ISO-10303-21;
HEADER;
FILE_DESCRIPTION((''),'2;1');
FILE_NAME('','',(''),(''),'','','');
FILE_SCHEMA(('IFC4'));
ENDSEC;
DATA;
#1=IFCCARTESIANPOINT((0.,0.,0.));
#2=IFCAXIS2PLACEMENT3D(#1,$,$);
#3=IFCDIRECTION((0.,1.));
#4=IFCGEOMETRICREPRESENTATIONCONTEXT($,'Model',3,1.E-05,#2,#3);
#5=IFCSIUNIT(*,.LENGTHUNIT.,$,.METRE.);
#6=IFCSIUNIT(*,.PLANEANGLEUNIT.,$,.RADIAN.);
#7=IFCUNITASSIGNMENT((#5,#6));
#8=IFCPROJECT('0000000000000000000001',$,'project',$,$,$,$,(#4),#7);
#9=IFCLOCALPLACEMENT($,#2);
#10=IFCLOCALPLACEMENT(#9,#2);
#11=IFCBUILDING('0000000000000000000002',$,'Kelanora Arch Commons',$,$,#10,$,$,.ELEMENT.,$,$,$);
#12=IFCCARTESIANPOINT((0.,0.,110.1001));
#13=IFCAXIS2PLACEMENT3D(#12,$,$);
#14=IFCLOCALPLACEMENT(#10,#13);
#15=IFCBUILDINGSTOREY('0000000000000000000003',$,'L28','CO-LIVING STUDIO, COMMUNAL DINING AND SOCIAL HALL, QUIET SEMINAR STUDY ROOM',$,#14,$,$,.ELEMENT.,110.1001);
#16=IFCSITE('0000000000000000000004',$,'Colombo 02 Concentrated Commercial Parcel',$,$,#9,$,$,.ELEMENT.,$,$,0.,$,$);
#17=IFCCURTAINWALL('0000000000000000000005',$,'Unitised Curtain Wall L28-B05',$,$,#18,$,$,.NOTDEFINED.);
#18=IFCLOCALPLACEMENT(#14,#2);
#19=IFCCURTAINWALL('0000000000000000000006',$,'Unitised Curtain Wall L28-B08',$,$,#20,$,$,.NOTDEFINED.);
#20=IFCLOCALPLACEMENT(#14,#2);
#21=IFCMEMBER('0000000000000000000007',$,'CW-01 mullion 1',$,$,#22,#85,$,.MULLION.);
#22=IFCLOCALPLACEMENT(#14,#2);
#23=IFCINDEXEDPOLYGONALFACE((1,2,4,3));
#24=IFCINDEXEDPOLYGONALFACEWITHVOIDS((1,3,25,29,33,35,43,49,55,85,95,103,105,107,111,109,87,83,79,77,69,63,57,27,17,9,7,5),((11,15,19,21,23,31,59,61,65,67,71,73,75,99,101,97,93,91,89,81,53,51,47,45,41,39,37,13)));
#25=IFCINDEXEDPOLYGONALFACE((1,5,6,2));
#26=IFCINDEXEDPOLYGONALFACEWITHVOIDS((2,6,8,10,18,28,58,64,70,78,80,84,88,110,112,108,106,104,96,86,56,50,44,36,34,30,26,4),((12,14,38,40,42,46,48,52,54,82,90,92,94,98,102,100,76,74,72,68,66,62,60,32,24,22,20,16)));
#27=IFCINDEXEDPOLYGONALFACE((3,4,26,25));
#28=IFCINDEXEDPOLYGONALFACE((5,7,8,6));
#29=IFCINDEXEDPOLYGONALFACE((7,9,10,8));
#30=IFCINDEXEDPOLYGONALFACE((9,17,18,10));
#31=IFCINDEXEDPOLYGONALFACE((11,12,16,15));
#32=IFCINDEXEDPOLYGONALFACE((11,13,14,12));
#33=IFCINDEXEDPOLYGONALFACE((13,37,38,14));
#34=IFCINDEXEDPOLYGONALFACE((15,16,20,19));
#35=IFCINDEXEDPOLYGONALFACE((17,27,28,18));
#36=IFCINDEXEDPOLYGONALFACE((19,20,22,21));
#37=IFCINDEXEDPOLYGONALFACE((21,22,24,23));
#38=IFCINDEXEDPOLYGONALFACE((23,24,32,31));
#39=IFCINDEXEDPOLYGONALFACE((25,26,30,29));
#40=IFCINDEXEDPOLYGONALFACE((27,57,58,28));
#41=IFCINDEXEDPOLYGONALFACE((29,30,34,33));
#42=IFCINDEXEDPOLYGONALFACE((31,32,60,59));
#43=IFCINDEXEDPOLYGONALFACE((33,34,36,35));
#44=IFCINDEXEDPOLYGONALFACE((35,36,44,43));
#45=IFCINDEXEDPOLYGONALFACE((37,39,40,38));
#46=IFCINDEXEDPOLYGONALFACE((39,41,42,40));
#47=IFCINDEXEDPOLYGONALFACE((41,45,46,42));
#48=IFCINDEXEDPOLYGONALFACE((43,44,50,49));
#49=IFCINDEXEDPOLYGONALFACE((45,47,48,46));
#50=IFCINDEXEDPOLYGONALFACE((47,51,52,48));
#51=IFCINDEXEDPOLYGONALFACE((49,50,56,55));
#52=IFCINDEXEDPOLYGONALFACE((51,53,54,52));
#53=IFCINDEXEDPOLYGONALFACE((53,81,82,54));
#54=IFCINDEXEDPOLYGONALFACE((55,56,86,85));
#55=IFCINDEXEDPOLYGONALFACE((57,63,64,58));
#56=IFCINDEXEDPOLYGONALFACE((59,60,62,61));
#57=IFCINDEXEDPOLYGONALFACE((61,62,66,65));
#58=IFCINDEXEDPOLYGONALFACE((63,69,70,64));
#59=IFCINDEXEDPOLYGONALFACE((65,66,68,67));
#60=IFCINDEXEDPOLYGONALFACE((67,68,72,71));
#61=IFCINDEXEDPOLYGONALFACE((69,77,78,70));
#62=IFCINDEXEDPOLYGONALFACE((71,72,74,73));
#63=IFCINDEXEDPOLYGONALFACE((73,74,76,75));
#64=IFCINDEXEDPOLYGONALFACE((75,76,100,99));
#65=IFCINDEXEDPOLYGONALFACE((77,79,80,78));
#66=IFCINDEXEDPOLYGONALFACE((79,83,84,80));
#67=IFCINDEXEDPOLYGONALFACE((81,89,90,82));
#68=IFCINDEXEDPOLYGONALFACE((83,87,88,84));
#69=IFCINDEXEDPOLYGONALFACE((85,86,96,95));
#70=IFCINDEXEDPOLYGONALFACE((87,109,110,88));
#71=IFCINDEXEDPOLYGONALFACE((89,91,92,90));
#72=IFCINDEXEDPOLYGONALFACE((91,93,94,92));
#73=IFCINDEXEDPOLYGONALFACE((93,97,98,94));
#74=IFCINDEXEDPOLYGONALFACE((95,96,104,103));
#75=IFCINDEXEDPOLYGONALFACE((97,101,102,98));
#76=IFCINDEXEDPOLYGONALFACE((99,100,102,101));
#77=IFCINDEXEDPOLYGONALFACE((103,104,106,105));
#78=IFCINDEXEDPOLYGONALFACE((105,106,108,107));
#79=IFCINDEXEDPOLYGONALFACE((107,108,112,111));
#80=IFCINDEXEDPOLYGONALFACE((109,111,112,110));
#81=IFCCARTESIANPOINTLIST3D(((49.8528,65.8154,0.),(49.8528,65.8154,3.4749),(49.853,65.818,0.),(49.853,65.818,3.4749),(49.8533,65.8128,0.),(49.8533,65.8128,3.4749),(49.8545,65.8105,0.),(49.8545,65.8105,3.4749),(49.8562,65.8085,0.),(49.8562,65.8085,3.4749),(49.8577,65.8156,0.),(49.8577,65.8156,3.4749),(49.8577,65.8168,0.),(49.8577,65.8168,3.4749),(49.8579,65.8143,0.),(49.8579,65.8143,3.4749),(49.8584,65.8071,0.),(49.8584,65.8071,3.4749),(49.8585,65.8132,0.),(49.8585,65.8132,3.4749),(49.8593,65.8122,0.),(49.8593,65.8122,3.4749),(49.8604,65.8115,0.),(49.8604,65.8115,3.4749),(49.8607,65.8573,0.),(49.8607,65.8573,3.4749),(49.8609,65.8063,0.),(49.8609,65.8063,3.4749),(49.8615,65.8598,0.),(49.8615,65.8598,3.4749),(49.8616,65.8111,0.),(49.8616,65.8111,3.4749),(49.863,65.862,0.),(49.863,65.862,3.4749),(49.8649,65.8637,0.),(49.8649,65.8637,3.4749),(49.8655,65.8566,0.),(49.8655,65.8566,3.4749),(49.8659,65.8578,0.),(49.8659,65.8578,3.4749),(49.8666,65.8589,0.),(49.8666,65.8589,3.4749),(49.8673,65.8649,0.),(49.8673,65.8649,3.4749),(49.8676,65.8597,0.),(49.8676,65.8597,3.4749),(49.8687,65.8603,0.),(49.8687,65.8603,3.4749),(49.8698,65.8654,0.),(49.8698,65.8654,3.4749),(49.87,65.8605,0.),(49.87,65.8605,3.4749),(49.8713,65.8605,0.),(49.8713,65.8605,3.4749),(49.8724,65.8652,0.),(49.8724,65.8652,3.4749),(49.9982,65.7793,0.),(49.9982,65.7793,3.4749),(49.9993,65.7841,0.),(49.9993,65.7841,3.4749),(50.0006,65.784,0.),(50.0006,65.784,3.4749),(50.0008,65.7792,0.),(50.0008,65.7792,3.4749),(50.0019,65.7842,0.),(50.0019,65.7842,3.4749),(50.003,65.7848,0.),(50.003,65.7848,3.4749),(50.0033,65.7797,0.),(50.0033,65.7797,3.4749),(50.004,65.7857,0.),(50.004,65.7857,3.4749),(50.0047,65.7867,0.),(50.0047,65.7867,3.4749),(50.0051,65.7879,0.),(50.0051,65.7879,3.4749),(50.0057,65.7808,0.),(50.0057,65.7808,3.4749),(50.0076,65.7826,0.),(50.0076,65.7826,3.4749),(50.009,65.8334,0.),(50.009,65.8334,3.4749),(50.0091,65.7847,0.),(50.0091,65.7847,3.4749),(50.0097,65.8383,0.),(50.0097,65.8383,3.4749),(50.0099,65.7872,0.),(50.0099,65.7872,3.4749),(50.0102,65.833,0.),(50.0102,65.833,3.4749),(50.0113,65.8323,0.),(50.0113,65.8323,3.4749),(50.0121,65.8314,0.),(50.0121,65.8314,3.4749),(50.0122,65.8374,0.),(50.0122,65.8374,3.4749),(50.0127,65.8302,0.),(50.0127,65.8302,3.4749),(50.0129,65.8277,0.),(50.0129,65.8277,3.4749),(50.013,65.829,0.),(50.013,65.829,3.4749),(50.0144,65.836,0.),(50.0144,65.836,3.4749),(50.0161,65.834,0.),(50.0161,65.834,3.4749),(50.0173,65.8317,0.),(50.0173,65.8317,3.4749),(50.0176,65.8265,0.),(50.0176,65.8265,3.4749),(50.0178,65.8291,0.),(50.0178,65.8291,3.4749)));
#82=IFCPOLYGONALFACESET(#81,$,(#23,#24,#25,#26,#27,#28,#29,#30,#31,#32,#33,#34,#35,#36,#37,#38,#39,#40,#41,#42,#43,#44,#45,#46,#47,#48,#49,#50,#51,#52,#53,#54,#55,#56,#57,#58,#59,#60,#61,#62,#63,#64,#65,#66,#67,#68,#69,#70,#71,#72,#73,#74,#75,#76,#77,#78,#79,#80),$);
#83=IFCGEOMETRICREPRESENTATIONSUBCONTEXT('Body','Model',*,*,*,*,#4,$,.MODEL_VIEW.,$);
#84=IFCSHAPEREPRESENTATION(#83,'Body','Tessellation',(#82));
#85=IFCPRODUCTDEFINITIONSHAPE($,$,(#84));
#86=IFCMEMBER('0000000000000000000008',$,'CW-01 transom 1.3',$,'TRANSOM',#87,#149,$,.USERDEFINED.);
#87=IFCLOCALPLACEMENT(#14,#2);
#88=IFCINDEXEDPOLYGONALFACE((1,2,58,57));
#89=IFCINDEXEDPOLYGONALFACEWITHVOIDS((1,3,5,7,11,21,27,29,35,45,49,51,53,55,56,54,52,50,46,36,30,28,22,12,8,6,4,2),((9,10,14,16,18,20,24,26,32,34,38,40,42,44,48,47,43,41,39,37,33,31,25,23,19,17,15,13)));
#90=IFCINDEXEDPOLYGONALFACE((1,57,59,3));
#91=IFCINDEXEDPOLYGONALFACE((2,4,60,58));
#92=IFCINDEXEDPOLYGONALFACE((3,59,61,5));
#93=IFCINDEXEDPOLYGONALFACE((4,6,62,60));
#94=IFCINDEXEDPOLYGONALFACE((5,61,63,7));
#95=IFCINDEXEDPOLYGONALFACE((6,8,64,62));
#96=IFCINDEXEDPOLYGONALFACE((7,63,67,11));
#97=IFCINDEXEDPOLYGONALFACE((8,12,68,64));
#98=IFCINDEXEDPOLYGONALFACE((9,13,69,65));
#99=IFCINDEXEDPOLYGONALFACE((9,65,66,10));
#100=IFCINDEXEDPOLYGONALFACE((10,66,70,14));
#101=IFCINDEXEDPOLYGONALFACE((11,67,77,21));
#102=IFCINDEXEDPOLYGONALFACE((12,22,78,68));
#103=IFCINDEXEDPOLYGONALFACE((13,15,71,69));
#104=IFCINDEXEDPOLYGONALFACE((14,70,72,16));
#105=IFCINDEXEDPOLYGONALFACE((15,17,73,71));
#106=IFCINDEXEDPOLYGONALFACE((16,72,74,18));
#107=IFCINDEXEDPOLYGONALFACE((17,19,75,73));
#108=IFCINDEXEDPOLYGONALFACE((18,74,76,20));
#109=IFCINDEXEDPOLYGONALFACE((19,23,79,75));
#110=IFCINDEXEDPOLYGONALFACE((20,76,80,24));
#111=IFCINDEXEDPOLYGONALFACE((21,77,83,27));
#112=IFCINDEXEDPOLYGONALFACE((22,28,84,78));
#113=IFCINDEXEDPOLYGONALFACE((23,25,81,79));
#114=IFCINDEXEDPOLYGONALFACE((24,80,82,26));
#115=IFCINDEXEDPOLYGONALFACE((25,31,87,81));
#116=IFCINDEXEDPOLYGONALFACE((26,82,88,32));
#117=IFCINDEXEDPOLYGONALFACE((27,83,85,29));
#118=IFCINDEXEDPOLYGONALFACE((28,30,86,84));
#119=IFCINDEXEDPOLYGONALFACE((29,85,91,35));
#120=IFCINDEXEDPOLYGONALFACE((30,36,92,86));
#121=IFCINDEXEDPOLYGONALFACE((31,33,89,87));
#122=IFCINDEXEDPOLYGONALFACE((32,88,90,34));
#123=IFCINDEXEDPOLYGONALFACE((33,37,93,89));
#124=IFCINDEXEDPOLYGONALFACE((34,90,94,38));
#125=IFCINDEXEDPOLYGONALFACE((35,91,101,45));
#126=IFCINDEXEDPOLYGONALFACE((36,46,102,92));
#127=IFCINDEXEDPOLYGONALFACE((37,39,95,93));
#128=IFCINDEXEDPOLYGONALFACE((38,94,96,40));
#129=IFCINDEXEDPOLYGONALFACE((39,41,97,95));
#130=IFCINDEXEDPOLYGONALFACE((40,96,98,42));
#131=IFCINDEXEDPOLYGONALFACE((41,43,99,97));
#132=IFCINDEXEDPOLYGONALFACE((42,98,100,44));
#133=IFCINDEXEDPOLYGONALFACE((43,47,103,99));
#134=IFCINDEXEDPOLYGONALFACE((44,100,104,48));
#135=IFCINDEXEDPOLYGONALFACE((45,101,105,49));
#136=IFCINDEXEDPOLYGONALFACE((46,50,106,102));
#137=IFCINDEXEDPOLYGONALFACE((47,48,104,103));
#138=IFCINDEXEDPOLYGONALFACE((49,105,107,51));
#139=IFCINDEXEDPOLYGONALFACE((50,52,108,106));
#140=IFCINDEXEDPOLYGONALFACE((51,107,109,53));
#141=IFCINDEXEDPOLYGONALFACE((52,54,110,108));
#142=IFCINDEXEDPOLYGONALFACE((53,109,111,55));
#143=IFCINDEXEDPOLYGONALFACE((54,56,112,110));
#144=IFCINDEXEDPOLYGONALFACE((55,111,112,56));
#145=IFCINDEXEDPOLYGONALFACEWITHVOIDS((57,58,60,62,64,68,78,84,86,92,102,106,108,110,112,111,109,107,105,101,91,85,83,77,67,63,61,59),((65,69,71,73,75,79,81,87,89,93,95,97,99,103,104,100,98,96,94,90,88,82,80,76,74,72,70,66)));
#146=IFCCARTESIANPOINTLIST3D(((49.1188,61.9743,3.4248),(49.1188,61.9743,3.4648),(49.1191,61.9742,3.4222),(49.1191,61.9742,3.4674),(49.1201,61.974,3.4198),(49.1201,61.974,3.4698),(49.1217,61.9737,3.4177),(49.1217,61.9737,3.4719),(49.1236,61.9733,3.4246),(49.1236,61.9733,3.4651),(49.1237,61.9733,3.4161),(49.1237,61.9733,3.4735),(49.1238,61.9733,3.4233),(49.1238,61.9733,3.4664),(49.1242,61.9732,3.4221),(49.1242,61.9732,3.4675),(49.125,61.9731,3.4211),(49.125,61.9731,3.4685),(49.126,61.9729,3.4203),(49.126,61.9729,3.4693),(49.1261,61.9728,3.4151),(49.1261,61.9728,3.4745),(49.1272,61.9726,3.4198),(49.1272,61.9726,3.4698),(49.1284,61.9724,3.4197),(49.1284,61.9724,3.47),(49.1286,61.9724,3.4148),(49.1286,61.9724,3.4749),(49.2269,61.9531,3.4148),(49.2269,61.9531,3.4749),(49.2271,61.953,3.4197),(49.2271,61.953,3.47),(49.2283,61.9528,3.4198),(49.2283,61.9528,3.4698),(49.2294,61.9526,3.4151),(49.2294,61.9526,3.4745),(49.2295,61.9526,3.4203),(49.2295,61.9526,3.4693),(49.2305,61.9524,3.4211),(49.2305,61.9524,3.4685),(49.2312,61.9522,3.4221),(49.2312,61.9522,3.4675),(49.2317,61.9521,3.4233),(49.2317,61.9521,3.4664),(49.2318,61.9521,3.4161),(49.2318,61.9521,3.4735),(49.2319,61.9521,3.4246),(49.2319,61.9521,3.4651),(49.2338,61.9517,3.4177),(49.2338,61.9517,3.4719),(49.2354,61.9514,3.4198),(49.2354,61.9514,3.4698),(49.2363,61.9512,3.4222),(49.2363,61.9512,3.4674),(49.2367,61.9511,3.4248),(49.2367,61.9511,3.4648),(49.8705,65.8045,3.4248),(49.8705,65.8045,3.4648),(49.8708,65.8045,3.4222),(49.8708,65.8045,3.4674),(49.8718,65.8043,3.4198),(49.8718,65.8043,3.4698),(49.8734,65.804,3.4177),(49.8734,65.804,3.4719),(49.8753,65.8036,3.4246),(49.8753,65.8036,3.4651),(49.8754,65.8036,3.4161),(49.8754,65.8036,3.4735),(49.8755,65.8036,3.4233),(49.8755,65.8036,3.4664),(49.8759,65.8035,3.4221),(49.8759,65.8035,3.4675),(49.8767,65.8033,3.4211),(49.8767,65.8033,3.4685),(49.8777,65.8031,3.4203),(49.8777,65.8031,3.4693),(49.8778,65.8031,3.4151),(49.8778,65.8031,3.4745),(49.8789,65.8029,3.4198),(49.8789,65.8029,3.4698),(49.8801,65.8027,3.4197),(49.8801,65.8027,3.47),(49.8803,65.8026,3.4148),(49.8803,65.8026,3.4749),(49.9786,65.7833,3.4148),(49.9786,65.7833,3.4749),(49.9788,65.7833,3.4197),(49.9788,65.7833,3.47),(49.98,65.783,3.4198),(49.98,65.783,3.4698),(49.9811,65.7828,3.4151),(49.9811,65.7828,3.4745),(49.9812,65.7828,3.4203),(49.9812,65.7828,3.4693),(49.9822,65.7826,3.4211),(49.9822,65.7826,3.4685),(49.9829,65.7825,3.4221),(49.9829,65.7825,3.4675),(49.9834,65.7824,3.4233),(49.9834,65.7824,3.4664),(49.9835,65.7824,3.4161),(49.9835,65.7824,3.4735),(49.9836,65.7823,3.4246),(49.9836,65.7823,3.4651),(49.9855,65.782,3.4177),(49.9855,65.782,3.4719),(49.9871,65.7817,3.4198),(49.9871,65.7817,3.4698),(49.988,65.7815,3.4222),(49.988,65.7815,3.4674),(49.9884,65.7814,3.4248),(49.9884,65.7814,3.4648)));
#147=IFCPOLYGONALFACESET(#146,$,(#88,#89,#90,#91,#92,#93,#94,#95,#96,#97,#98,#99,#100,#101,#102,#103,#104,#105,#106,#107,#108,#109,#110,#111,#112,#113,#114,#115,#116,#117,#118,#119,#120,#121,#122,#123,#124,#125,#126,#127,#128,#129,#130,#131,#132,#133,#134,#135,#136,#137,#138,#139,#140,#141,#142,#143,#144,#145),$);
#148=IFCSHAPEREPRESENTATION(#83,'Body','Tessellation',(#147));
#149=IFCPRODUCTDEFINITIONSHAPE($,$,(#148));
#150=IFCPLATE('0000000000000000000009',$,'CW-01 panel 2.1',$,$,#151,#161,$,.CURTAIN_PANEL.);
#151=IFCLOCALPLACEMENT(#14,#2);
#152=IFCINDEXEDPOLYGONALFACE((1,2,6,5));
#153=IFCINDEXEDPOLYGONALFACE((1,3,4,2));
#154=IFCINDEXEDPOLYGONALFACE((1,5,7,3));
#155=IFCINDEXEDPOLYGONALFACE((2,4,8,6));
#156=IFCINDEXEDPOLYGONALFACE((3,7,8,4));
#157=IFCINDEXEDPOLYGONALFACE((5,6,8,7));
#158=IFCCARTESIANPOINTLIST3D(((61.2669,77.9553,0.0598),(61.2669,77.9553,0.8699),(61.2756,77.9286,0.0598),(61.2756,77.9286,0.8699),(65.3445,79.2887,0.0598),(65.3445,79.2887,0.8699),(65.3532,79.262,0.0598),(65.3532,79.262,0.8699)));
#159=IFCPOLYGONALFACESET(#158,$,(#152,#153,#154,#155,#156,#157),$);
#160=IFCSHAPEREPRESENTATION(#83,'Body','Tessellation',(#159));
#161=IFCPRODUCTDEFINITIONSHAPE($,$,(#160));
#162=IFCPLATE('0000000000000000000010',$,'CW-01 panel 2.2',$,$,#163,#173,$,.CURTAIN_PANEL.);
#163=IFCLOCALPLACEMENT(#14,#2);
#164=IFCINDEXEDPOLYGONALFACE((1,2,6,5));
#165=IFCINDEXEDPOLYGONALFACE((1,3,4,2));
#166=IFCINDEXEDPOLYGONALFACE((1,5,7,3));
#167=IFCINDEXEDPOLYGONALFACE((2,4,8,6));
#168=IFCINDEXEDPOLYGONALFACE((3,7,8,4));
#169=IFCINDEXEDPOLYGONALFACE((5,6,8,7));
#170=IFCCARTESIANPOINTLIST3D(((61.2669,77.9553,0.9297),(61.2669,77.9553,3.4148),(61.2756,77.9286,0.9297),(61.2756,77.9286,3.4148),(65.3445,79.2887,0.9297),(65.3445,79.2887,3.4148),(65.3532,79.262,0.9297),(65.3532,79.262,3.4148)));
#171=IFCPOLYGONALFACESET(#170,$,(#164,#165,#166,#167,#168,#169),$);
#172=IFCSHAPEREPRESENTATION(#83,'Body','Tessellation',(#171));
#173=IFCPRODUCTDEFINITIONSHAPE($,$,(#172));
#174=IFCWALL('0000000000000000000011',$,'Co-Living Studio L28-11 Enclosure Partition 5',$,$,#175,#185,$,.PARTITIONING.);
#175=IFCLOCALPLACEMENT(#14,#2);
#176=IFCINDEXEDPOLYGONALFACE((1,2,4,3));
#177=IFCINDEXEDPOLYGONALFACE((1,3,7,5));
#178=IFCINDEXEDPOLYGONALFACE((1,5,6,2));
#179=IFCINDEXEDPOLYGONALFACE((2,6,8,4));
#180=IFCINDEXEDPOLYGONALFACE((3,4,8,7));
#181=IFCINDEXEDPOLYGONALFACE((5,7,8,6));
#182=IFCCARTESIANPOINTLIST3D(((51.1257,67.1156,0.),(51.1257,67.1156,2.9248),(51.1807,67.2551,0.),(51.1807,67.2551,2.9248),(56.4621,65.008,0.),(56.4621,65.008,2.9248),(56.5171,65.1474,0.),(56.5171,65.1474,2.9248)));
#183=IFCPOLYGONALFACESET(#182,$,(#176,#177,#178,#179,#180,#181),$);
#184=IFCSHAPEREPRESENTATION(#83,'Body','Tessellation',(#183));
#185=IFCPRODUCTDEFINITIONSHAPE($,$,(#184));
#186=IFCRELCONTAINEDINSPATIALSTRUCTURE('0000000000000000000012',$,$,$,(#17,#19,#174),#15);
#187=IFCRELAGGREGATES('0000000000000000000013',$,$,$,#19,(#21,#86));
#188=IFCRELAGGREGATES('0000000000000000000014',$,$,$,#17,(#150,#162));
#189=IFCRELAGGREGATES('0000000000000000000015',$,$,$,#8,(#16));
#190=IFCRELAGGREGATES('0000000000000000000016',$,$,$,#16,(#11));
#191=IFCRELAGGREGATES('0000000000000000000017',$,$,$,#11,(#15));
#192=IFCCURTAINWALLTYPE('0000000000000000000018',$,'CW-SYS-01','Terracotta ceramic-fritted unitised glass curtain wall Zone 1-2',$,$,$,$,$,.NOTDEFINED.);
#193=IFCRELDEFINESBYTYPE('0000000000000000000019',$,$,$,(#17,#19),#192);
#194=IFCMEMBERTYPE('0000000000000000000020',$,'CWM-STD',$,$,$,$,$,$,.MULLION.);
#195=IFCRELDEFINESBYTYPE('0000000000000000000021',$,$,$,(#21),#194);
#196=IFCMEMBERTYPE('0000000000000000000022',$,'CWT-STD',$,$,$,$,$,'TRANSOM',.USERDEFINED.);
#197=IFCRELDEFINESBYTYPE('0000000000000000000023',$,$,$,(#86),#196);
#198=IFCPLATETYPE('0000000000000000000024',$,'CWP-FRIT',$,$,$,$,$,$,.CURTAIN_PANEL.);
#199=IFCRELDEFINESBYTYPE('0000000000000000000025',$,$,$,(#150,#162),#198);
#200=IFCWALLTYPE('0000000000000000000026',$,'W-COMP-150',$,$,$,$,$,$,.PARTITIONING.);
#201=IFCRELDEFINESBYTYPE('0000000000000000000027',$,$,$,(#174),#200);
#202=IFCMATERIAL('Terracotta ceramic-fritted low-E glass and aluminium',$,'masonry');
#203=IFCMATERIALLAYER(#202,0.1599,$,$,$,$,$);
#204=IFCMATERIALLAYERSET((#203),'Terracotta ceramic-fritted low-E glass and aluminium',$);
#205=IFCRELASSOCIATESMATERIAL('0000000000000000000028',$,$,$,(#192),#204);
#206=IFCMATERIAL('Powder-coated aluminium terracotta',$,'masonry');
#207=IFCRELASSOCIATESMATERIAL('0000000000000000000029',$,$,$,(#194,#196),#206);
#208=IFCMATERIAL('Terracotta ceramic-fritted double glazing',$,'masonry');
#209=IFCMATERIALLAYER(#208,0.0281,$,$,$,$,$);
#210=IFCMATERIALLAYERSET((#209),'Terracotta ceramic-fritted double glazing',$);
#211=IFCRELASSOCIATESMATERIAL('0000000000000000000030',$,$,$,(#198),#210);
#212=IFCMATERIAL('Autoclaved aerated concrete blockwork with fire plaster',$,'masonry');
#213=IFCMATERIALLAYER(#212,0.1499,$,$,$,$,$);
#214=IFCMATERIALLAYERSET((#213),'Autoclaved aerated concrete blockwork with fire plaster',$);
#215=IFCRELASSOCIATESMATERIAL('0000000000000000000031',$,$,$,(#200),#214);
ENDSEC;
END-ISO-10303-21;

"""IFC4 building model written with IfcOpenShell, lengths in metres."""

from ifc_helpers import new_model, si_unit, direction, frame, frame_2d, origin, origin_2d, place, context, subcontext, project, spatial, rectangle, hollow_rectangle, extrude, source, transform, mapped, material, layer, layer_set, material_profile, profile_set, type_object, element, aggregate, save


model = new_model("IFC4")

# Units and contexts
model_context = context("Model", 3, precision=1e-05, world=origin(), true_north=direction((0.0, 1.0)))
body_context = subcontext(model_context, "Body", "Model", "MODEL_VIEW")
ifc_project = project(units=[si_unit("LENGTHUNIT", "METRE"), si_unit("PLANEANGLEUNIT", "RADIAN")], contexts=[model_context])

# Site, building, storey
site_placement = place(None, origin())
site = spatial("IfcSite", under=ifc_project, at=site_placement, Name="Colombo 02 Concentrated Commercial Parcel", CompositionType="ELEMENT", RefElevation=0.0)
building_placement = place(site_placement, origin())
building = spatial("IfcBuilding", under=site, at=building_placement, Name="Kelanora Arch Commons", CompositionType="ELEMENT")
storey_placement = place(building_placement, frame((0.0, 0.0, 110.1001)))
storey = spatial("IfcBuildingStorey", under=building, at=storey_placement, Name="L28", Description="CO-LIVING STUDIO, COMMUNAL DINING AND SOCIAL HALL, QUIET SEMINAR STUDY ROOM", CompositionType="ELEMENT", Elevation=110.1001)

# Curtain wall
ifc_material_1 = material(Name="Terracotta ceramic-fritted low-E glass and aluminium", Category="masonry")
ifc_layer_1 = layer(ifc_material_1, 0.1599)
ifc_layer_set_1 = layer_set([ifc_layer_1], Name="Terracotta ceramic-fritted low-E glass and aluminium")
curtain_wall_type = type_object("IfcCurtainWallType", Name="CW-SYS-01", Description="Terracotta ceramic-fritted unitised glass curtain wall Zone 1-2", PredefinedType="NOTDEFINED", material=ifc_layer_set_1)
curtain_wall_1_placement = place(storey_placement, origin())
curtain_wall_1 = element("IfcCurtainWall", 1, at=curtain_wall_1_placement, inside=storey, type_object=curtain_wall_type, Name="Unitised Curtain Wall L28-B05", PredefinedType="NOTDEFINED")
ifc_material_2 = material(Name="Powder-coated aluminium terracotta", Category="masonry")
ifc_material_profile_1 = material_profile(ifc_material_2, hollow_rectangle(XDim=0.1599, YDim=0.0601, WallThickness=0.0049, InnerFilletRadius=0.0049, OuterFilletRadius=0.01, at=origin_2d()), Name="CWM160x60")
ifc_profile_set_1 = profile_set([ifc_material_profile_1], Name="Powder-coated aluminium terracotta")
member_type_1 = type_object("IfcMemberType", Name="CWM-STD", PredefinedType="MULLION", material=ifc_profile_set_1)

# Curtain wall, members
curtain_wall_2_placement = place(storey_placement, origin())
curtain_wall_2 = element("IfcCurtainWall", 2, at=curtain_wall_2_placement, inside=storey, type_object=curtain_wall_type, Name="Unitised Curtain Wall L28-B08", PredefinedType="NOTDEFINED")
member_1_placement = place(storey_placement, frame((49.9353, 65.8223, 0.0), z_axis=(0.0, 0.0, 1.0), x_axis=(0.98128, -0.192585, 0.0)))
member_1 = element("IfcMember", 3, at=member_1_placement, type_object=member_type_1, Name="CW-01 mullion 1", PredefinedType="MULLION", context=body_context, shape_type="SweptSolid", body=[
    extrude(hollow_rectangle(XDim=0.1599, YDim=0.0601, WallThickness=0.0049, InnerFilletRadius=0.0049, OuterFilletRadius=0.01, at=origin_2d()), origin(), (0.0, 0.0, 1.0), 3.4749),
])
ifc_material_profile_2 = material_profile(ifc_material_2, hollow_rectangle(XDim=0.1201, YDim=0.0601, WallThickness=0.0049, InnerFilletRadius=0.0049, OuterFilletRadius=0.01, at=origin_2d()), Name="CWT120x60")
ifc_profile_set_2 = profile_set([ifc_material_profile_2], Name="Powder-coated aluminium terracotta")
member_type_2 = type_object("IfcMemberType", Name="CWT-STD", ElementType="TRANSOM", PredefinedType="USERDEFINED", material=ifc_profile_set_2)
member_2_placement = place(storey_placement, frame((49.9294, 65.793, 3.4448), z_axis=(-0.192579, -0.981282, 0.0), x_axis=(0.981282, -0.192579, 0.0)))
member_2 = element("IfcMember", 4, at=member_2_placement, type_object=member_type_2, Name="CW-01 transom 1.3", ObjectType="TRANSOM", PredefinedType="USERDEFINED", context=body_context, shape_type="SweptSolid", body=[
    extrude(hollow_rectangle(XDim=0.1201, YDim=0.0601, WallThickness=0.0049, InnerFilletRadius=0.0049, OuterFilletRadius=0.01, at=origin_2d()), origin(), (0.0, 0.0, 1.0), 3.9033),
])
aggregate(curtain_wall_2, [member_1, member_2])

# Plates
ifc_material_3 = material(Name="Terracotta ceramic-fritted double glazing", Category="masonry")
ifc_layer_2 = layer(ifc_material_3, 0.0281)
ifc_layer_set_2 = layer_set([ifc_layer_2], Name="Terracotta ceramic-fritted double glazing")
plate_type = type_object("IfcPlateType", Name="CWP-FRIT", PredefinedType="CURTAIN_PANEL", material=ifc_layer_set_2)
shared_shape_1 = source(origin(), body_context, "Body", "SweptSolid", [
    extrude(rectangle(XDim=4.29, YDim=0.0281, at=origin_2d()), origin(), (0.0, 0.0, 1.0), 0.8101),
])
plate_1_placement = place(storey_placement, frame((63.3101, 78.6086, 0.0598), z_axis=(0.0, 0.0, 1.0), x_axis=(-0.950474, -0.310805, 0.0)))
plate_1 = element("IfcPlate", 5, at=plate_1_placement, type_object=plate_type, Name="CW-01 panel 2.1", PredefinedType="CURTAIN_PANEL", context=body_context, shape_type="MappedRepresentation", body=[
    mapped(shared_shape_1, transform((0.0, 0.0, 0.0), scale=1.0)),
])
shared_shape_2 = source(origin(), body_context, "Body", "SweptSolid", [
    extrude(rectangle(XDim=4.29, YDim=0.0281, at=origin_2d()), origin(), (0.0, 0.0, 1.0), 2.4851),
])
plate_2_placement = place(storey_placement, frame((63.3101, 78.6086, 0.9297), z_axis=(0.0, 0.0, 1.0), x_axis=(-0.950474, -0.310805, 0.0)))
plate_2 = element("IfcPlate", 6, at=plate_2_placement, type_object=plate_type, Name="CW-01 panel 2.2", PredefinedType="CURTAIN_PANEL", context=body_context, shape_type="MappedRepresentation", body=[
    mapped(shared_shape_2, transform((0.0, 0.0, 0.0), scale=1.0)),
])
aggregate(curtain_wall_1, [plate_1, plate_2])

# Wall
ifc_material_4 = material(Name="Autoclaved aerated concrete blockwork with fire plaster", Category="masonry")
ifc_layer_3 = layer(ifc_material_4, 0.1499)
ifc_layer_set_3 = layer_set([ifc_layer_3], Name="Autoclaved aerated concrete blockwork with fire plaster")
wall_type_1 = type_object("IfcWallType", Name="W-COMP-150", PredefinedType="PARTITIONING", material=ifc_layer_set_3)
wall_1_placement = place(storey_placement, frame((51.1533, 67.1853, 0.0), z_axis=(0.0, 0.0, 1.0), x_axis=(0.930085, -0.367345, 0.0)))
element("IfcWall", 7, at=wall_1_placement, inside=storey, type_object=wall_type_1, Name="Co-Living Studio L28-11 Enclosure Partition 5", PredefinedType="PARTITIONING", context=body_context, shape_type="SweptSolid", body=[
    extrude(rectangle(XDim=5.7375, YDim=0.1499, at=frame_2d((2.8687, 0.0))), origin(), (0.0, 0.0, 1.0), 2.9248),
])

save(model, "model.ifc")
